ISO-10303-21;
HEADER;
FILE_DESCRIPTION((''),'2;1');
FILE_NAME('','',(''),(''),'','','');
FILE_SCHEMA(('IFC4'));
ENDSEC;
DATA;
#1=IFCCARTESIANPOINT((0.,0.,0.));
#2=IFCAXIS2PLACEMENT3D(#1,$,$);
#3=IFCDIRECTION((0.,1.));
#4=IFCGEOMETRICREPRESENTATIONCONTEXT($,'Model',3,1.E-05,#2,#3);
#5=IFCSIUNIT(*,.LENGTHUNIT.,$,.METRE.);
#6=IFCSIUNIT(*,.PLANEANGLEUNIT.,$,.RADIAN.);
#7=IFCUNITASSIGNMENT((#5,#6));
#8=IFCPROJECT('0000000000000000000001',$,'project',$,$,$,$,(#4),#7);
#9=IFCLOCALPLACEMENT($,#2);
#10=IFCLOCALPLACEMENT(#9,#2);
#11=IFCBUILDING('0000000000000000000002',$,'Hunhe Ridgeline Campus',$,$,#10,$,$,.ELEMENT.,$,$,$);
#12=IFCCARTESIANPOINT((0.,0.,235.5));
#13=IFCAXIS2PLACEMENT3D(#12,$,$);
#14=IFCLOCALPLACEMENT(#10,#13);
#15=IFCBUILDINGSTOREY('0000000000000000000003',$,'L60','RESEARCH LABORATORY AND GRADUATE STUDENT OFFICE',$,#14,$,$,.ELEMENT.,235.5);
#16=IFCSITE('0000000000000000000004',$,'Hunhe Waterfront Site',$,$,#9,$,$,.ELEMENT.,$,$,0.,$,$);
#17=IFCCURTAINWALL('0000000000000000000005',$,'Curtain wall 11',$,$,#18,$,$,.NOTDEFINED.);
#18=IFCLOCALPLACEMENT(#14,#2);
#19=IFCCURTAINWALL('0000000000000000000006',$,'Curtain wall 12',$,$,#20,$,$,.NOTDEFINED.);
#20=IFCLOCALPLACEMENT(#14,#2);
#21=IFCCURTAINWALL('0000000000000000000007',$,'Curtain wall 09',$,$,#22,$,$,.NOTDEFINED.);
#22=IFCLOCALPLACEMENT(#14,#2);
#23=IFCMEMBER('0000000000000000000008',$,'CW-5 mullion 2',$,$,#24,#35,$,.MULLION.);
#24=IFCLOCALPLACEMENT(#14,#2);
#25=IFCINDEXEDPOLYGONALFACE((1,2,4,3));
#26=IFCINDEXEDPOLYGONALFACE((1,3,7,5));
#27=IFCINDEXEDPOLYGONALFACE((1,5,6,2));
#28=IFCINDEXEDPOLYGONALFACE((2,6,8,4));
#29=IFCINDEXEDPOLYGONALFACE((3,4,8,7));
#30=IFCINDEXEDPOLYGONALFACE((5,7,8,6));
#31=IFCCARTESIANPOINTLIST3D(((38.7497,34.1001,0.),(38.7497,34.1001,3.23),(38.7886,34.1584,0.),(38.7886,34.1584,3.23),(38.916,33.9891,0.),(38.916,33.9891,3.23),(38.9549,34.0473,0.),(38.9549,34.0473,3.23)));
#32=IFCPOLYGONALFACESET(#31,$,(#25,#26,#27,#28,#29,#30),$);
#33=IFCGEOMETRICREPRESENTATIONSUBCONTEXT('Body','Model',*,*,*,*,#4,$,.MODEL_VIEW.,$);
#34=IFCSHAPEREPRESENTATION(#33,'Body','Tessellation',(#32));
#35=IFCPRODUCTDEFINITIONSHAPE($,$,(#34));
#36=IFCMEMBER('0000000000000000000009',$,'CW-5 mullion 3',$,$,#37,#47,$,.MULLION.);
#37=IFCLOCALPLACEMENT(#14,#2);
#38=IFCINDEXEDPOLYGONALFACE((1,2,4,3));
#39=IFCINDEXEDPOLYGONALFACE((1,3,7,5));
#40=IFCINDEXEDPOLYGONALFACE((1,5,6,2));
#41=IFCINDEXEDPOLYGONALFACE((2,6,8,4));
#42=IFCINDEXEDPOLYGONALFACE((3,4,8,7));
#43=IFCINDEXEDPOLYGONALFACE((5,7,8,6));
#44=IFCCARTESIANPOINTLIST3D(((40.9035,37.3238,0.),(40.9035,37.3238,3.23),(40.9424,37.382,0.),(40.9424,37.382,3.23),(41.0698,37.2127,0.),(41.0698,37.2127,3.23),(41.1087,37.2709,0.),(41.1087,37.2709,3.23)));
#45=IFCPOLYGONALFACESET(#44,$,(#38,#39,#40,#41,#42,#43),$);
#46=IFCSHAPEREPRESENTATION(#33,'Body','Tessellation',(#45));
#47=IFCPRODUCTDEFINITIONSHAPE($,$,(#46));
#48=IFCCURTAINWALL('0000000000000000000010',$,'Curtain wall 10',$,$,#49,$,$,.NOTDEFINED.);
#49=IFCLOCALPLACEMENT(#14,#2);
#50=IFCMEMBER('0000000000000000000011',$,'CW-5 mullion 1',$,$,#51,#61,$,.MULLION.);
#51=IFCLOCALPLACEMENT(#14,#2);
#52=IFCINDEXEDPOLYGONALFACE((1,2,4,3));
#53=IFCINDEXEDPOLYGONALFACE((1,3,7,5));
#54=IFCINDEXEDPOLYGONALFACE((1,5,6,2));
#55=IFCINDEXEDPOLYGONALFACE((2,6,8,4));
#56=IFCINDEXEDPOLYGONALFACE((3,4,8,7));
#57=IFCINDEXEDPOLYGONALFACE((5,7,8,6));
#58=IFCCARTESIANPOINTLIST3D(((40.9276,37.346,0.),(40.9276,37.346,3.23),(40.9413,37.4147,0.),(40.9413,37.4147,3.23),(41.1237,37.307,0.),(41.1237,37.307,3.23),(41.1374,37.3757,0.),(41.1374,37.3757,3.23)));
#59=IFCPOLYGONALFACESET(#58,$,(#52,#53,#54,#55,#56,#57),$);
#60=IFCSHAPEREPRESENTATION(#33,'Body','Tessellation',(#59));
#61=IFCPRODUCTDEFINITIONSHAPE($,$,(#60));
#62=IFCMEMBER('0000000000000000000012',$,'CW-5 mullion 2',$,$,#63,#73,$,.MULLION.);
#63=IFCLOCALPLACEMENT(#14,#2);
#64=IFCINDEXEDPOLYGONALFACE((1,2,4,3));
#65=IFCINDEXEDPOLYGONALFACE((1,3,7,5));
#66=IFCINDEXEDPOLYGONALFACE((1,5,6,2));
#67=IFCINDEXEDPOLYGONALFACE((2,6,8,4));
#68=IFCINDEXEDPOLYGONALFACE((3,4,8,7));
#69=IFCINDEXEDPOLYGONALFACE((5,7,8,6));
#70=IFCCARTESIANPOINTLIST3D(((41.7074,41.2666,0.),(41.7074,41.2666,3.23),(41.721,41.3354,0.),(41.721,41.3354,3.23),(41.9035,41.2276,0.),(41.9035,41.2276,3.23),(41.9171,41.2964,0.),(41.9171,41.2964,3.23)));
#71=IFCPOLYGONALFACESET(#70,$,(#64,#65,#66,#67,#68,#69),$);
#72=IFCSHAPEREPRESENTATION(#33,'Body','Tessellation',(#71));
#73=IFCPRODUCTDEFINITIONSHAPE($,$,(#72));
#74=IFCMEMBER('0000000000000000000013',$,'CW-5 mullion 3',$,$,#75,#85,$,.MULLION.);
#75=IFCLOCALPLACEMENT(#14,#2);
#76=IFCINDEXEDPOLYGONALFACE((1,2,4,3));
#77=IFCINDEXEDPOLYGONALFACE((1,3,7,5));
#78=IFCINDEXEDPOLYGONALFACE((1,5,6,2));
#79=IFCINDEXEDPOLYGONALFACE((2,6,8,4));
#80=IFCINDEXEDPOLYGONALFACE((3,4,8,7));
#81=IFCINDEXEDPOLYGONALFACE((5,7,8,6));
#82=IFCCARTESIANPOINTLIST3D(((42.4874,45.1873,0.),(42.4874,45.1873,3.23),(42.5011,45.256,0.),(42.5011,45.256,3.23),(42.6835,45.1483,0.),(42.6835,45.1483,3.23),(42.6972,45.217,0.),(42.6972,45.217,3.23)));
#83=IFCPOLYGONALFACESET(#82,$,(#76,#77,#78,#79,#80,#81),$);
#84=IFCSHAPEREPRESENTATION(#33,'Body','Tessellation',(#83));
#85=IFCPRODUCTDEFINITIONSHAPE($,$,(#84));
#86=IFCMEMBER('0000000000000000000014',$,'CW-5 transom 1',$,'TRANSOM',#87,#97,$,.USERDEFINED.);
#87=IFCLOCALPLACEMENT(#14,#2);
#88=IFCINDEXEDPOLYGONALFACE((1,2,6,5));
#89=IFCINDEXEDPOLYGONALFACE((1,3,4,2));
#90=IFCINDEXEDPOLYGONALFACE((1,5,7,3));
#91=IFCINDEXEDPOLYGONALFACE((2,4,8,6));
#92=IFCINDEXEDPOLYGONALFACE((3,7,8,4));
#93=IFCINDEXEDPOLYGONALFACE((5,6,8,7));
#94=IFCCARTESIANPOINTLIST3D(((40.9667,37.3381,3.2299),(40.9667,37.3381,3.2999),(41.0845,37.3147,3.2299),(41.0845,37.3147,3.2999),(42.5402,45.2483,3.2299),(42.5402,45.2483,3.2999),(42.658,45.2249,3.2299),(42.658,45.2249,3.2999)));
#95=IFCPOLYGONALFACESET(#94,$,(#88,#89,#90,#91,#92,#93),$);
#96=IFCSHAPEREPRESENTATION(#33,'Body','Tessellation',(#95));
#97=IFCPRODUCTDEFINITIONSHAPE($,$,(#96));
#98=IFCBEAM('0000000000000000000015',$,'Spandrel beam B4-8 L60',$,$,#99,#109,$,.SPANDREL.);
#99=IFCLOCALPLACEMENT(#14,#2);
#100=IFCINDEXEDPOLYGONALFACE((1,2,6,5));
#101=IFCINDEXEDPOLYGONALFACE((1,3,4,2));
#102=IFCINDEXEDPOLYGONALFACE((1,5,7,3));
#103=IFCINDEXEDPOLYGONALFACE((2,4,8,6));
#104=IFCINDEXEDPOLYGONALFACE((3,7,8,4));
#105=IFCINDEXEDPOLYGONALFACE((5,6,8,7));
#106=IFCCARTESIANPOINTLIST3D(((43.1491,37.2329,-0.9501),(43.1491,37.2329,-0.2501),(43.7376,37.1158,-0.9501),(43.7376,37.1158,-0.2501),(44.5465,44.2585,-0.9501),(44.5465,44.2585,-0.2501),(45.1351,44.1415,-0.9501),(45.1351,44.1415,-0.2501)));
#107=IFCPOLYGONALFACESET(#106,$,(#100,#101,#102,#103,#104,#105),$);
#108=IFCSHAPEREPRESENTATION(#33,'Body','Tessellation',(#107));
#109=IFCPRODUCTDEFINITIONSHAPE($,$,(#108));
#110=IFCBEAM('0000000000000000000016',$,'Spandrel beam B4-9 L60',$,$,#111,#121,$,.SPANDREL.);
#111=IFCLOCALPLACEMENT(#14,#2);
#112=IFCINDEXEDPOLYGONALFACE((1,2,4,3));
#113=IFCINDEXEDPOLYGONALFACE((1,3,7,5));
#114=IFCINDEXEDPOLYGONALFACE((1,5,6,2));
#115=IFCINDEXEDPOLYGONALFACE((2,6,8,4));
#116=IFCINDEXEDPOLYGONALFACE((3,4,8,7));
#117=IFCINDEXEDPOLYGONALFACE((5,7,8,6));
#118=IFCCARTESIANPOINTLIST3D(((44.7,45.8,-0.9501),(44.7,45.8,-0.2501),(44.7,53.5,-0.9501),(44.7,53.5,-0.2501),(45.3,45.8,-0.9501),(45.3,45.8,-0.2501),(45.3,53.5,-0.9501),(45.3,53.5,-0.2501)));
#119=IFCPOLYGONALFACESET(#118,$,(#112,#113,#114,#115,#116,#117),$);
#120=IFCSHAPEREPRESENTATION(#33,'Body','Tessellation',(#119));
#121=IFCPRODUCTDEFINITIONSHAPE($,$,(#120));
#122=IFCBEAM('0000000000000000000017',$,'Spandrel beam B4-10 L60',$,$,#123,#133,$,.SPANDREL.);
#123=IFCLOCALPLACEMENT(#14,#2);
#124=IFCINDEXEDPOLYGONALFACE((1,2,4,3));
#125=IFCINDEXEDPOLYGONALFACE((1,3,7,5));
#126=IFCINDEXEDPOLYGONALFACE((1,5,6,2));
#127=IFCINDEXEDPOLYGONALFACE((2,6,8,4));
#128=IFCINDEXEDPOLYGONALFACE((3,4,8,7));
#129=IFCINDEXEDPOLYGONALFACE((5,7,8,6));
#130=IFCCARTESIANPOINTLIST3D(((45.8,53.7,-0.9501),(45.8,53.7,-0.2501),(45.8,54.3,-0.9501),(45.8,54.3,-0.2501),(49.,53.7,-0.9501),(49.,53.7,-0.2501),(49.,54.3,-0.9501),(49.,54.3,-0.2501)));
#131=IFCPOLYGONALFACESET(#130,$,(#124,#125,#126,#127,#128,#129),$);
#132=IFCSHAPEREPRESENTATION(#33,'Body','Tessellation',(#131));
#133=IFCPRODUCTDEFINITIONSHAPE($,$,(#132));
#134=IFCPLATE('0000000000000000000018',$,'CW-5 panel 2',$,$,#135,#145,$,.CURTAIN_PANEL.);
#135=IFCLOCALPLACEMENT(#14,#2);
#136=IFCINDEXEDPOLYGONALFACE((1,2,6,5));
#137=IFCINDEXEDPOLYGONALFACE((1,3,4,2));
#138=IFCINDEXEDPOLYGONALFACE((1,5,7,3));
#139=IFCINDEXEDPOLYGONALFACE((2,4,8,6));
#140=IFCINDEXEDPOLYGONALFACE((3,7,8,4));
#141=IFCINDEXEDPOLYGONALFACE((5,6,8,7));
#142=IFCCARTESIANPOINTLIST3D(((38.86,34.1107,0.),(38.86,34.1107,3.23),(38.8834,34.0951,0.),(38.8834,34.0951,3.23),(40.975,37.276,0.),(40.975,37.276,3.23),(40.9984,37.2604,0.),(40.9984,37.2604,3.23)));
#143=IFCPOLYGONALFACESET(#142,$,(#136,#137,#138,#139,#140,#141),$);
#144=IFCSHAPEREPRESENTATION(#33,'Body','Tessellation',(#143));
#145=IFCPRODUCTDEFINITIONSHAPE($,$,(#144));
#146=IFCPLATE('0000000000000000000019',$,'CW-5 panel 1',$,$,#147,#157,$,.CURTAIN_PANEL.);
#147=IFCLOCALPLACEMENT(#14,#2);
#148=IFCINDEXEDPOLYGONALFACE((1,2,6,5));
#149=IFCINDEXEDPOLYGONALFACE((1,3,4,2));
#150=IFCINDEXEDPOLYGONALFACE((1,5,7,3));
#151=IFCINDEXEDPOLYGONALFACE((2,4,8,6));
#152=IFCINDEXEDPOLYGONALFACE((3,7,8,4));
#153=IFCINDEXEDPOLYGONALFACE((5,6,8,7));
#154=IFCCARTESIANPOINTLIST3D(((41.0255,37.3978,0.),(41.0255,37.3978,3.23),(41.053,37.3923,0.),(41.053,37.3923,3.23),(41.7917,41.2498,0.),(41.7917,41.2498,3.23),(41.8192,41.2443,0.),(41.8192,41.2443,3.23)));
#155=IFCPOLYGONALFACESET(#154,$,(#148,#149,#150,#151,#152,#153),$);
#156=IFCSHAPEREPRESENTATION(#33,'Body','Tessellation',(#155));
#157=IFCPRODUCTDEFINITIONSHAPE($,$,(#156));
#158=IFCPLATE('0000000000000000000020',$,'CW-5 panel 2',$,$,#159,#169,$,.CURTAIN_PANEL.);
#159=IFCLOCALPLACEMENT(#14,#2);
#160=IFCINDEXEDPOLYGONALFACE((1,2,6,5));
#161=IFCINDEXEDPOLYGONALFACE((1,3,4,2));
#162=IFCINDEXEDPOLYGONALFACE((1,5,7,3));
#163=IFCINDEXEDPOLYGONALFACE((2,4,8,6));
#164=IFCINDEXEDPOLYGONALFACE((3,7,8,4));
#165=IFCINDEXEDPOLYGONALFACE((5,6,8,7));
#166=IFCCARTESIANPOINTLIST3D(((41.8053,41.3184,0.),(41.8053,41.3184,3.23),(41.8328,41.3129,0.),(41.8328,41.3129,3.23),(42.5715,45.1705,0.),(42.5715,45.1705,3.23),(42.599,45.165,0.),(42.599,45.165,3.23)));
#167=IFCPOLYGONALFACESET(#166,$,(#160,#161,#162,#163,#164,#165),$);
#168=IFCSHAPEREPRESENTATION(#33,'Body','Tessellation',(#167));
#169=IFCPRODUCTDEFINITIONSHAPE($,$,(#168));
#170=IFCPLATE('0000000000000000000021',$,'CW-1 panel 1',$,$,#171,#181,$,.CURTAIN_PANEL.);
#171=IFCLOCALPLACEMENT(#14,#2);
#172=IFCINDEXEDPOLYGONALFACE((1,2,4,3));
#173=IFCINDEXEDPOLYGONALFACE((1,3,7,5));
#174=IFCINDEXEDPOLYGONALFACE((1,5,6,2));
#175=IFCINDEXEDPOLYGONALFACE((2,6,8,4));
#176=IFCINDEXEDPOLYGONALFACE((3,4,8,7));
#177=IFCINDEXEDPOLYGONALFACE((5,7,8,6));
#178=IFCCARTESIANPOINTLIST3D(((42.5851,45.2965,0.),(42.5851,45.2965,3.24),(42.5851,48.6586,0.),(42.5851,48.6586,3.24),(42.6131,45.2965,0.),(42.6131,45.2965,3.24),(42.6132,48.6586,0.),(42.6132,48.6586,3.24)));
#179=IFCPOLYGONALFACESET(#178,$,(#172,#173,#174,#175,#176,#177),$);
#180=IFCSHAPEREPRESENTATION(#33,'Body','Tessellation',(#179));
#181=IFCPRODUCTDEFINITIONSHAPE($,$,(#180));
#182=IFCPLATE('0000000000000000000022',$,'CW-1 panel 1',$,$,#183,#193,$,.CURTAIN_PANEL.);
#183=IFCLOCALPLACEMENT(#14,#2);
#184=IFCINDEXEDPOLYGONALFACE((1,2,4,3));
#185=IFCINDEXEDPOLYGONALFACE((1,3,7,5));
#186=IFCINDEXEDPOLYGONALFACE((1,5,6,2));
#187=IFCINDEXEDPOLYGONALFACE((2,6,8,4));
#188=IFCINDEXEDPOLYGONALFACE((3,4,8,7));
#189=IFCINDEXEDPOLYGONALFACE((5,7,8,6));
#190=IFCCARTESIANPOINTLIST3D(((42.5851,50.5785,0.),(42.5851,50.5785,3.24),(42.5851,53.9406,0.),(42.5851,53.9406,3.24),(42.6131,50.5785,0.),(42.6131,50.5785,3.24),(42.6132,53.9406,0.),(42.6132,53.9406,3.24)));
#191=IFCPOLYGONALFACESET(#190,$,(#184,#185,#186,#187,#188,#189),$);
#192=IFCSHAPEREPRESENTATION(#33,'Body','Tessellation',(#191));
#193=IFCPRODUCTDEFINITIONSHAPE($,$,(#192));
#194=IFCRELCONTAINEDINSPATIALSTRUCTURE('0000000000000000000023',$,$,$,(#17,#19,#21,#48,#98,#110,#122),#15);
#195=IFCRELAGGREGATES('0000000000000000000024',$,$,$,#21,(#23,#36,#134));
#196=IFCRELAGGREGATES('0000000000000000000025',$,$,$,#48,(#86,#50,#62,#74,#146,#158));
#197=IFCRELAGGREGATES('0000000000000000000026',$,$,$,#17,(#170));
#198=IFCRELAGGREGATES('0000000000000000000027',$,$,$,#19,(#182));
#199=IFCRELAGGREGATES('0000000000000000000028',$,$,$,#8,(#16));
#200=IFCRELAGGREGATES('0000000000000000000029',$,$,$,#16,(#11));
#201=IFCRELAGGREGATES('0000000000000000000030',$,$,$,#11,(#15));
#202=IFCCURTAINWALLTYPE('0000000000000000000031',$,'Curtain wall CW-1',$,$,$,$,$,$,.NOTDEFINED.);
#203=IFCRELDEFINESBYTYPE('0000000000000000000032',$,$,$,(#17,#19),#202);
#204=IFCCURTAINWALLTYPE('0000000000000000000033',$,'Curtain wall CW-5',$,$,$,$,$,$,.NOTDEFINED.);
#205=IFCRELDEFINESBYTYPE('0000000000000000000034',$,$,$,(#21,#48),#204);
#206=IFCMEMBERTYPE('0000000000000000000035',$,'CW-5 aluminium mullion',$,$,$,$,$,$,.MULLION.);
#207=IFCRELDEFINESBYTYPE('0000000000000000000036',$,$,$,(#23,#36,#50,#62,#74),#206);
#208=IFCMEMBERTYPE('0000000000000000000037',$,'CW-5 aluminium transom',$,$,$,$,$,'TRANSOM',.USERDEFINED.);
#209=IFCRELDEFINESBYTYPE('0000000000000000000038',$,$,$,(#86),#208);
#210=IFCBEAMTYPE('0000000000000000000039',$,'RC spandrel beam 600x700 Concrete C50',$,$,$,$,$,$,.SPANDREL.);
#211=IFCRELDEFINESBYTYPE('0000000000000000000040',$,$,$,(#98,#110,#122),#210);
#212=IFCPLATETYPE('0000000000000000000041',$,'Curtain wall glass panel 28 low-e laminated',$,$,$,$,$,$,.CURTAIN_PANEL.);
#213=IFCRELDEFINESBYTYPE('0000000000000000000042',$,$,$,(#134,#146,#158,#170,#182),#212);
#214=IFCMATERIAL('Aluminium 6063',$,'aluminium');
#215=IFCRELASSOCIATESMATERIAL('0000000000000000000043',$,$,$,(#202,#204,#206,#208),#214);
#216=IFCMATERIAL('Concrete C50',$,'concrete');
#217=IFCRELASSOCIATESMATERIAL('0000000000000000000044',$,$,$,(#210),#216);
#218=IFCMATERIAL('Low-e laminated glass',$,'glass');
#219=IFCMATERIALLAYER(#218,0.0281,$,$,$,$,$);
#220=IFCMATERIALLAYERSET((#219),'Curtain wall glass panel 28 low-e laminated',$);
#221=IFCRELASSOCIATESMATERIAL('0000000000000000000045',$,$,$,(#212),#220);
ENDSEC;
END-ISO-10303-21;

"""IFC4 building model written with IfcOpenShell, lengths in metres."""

from ifc_helpers import new_model, si_unit, direction, frame, origin, origin_2d, place, context, subcontext, project, spatial, rectangle, extrude, material, layer, layer_set, material_profile, profile_set, type_object, element, aggregate, save


model = new_model("IFC4")

# Units and contexts
model_context = context("Model", 3, precision=1e-05, world=origin(), true_north=direction((0.0, 1.0)))
body_context = subcontext(model_context, "Body", "Model", "MODEL_VIEW")
ifc_project = project(units=[si_unit("LENGTHUNIT", "METRE"), si_unit("PLANEANGLEUNIT", "RADIAN")], contexts=[model_context])

# Site, building, storey
site_placement = place(None, origin())
site = spatial("IfcSite", under=ifc_project, at=site_placement, Name="Hunhe Waterfront Site", CompositionType="ELEMENT", RefElevation=0.0)
building_placement = place(site_placement, origin())
building = spatial("IfcBuilding", under=site, at=building_placement, Name="Hunhe Ridgeline Campus", CompositionType="ELEMENT")
storey_placement = place(building_placement, frame((0.0, 0.0, 235.5)))
storey = spatial("IfcBuildingStorey", under=building, at=storey_placement, Name="L60", Description="RESEARCH LABORATORY AND GRADUATE STUDENT OFFICE", CompositionType="ELEMENT", Elevation=235.5)

# Curtain walls
ifc_material_1 = material(Name="Aluminium 6063", Category="aluminium")
curtain_wall_type_1 = type_object("IfcCurtainWallType", Name="Curtain wall CW-1", PredefinedType="NOTDEFINED", material=ifc_material_1)
curtain_wall_1_placement = place(storey_placement, origin())
curtain_wall_1 = element("IfcCurtainWall", 1, at=curtain_wall_1_placement, inside=storey, type_object=curtain_wall_type_1, Name="Curtain wall 11", PredefinedType="NOTDEFINED")
curtain_wall_2_placement = place(storey_placement, origin())
curtain_wall_2 = element("IfcCurtainWall", 2, at=curtain_wall_2_placement, inside=storey, type_object=curtain_wall_type_1, Name="Curtain wall 12", PredefinedType="NOTDEFINED")

# Curtain walls, members
curtain_wall_type_2 = type_object("IfcCurtainWallType", Name="Curtain wall CW-5", PredefinedType="NOTDEFINED", material=ifc_material_1)
curtain_wall_3_placement = place(storey_placement, origin())
curtain_wall_3 = element("IfcCurtainWall", 3, at=curtain_wall_3_placement, inside=storey, type_object=curtain_wall_type_2, Name="Curtain wall 09", PredefinedType="NOTDEFINED")
ifc_material_profile_1 = material_profile(ifc_material_1, rectangle(XDim=0.2, YDim=0.0701, at=origin_2d()))
ifc_profile_set_1 = profile_set([ifc_material_profile_1], Name="Aluminium 6063")
member_type_1 = type_object("IfcMemberType", Name="CW-5 aluminium mullion", PredefinedType="MULLION", material=ifc_profile_set_1)
member_1_placement = place(storey_placement, frame((38.8523, 34.0737, 0.0), z_axis=(0.0, 0.0, 1.0), x_axis=(-0.83147, 0.55557, 0.0)))
member_1 = element("IfcMember", 4, at=member_1_placement, type_object=member_type_1, Name="CW-5 mullion 2", PredefinedType="MULLION", context=body_context, shape_type="SweptSolid", body=[
    extrude(rectangle(XDim=0.2, YDim=0.0701, at=origin_2d()), origin(), (0.0, 0.0, 1.0), 3.23),
])
member_2_placement = place(storey_placement, frame((41.0061, 37.2974, 0.0), z_axis=(0.0, 0.0, 1.0), x_axis=(-0.83147, 0.55557, 0.0)))
member_2 = element("IfcMember", 5, at=member_2_placement, type_object=member_type_1, Name="CW-5 mullion 3", PredefinedType="MULLION", context=body_context, shape_type="SweptSolid", body=[
    extrude(rectangle(XDim=0.2, YDim=0.0701, at=origin_2d()), origin(), (0.0, 0.0, 1.0), 3.23),
])
curtain_wall_4_placement = place(storey_placement, origin())
curtain_wall_4 = element("IfcCurtainWall", 6, at=curtain_wall_4_placement, inside=storey, type_object=curtain_wall_type_2, Name="Curtain wall 10", PredefinedType="NOTDEFINED")
member_3_placement = place(storey_placement, frame((41.0325, 37.3608, 0.0), z_axis=(0.0, 0.0, 1.0), x_axis=(-0.980785, 0.19509, 0.0)))
member_3 = element("IfcMember", 7, at=member_3_placement, type_object=member_type_1, Name="CW-5 mullion 1", PredefinedType="MULLION", context=body_context, shape_type="SweptSolid", body=[
    extrude(rectangle(XDim=0.2, YDim=0.0701, at=origin_2d()), origin(), (0.0, 0.0, 1.0), 3.23),
])
member_4_placement = place(storey_placement, frame((41.8123, 41.2815, 0.0), z_axis=(0.0, 0.0, 1.0), x_axis=(-0.980785, 0.19509, 0.0)))
member_4 = element("IfcMember", 8, at=member_4_placement, type_object=member_type_1, Name="CW-5 mullion 2", PredefinedType="MULLION", context=body_context, shape_type="SweptSolid", body=[
    extrude(rectangle(XDim=0.2, YDim=0.0701, at=origin_2d()), origin(), (0.0, 0.0, 1.0), 3.23),
])
member_5_placement = place(storey_placement, frame((42.5923, 45.2021, 0.0), z_axis=(0.0, 0.0, 1.0), x_axis=(-0.980785, 0.19509, 0.0)))
member_5 = element("IfcMember", 9, at=member_5_placement, type_object=member_type_1, Name="CW-5 mullion 3", PredefinedType="MULLION", context=body_context, shape_type="SweptSolid", body=[
    extrude(rectangle(XDim=0.2, YDim=0.0701, at=origin_2d()), origin(), (0.0, 0.0, 1.0), 3.23),
])
ifc_material_profile_2 = material_profile(ifc_material_1, rectangle(XDim=0.1201, YDim=0.0701, at=origin_2d()))
ifc_profile_set_2 = profile_set([ifc_material_profile_2], Name="Aluminium 6063")
member_type_2 = type_object("IfcMemberType", Name="CW-5 aluminium transom", ElementType="TRANSOM", PredefinedType="USERDEFINED", material=ifc_profile_set_2)
member_6_placement = place(storey_placement, frame((41.0256, 37.3264, 3.2649), z_axis=(0.195097, 0.980784, 0.0), x_axis=(-0.980784, 0.195097, 0.0)))
member_6 = element("IfcMember", 10, at=member_6_placement, type_object=member_type_2, Name="CW-5 transom 1", ObjectType="TRANSOM", PredefinedType="USERDEFINED", context=body_context, shape_type="SweptSolid", body=[
    extrude(rectangle(XDim=0.1201, YDim=0.0701, at=origin_2d()), origin(), (0.0, 0.0, 1.0), 8.0652),
])

# Beams
ifc_material_2 = material(Name="Concrete C50", Category="concrete")
ifc_material_profile_3 = material_profile(ifc_material_2, rectangle(XDim=0.6001, YDim=0.7, at=origin_2d()))
ifc_profile_set_3 = profile_set([ifc_material_profile_3], Name="Concrete C50")
beam_type = type_object("IfcBeamType", Name="RC spandrel beam 600x700 Concrete C50", PredefinedType="SPANDREL", material=ifc_profile_set_3)
beam_1_placement = place(storey_placement, frame((43.4434, 37.1743, -0.6001), z_axis=(0.195087, 0.980786, 0.0), x_axis=(-0.980786, 0.195087, 0.0)))
element("IfcBeam", 11, at=beam_1_placement, inside=storey, type_object=beam_type, Name="Spandrel beam B4-8 L60", PredefinedType="SPANDREL", context=body_context, shape_type="SweptSolid", body=[
    extrude(rectangle(XDim=0.6001, YDim=0.7, at=origin_2d()), origin(), (0.0, 0.0, 1.0), 7.1633),
])
beam_2_placement = place(storey_placement, frame((45.0, 45.8, -0.6001), z_axis=(0.0, 1.0, 0.0), x_axis=(-1.0, 0.0, 0.0)))
element("IfcBeam", 12, at=beam_2_placement, inside=storey, type_object=beam_type, Name="Spandrel beam B4-9 L60", PredefinedType="SPANDREL", context=body_context, shape_type="SweptSolid", body=[
    extrude(rectangle(XDim=0.6001, YDim=0.7, at=origin_2d()), origin(), (0.0, 0.0, 1.0), 7.7),
])
beam_3_placement = place(storey_placement, frame((45.8, 54.0, -0.6001), z_axis=(1.0, 0.0, 0.0), x_axis=(0.0, 1.0, 0.0)))
element("IfcBeam", 13, at=beam_3_placement, inside=storey, type_object=beam_type, Name="Spandrel beam B4-10 L60", PredefinedType="SPANDREL", context=body_context, shape_type="SweptSolid", body=[
    extrude(rectangle(XDim=0.6001, YDim=0.7, at=origin_2d()), origin(), (0.0, 0.0, 1.0), 3.2),
])

# Plates
ifc_material_3 = material(Name="Low-e laminated glass", Category="glass")
ifc_layer_1 = layer(ifc_material_3, 0.0281)
ifc_layer_set_1 = layer_set([ifc_layer_1], Name="Curtain wall glass panel 28 low-e laminated")
plate_type = type_object("IfcPlateType", Name="Curtain wall glass panel 28 low-e laminated", PredefinedType="CURTAIN_PANEL", material=ifc_layer_set_1)
plate_1_placement = place(storey_placement, frame((39.9292, 35.6855, 0.0), z_axis=(0.0, 0.0, 1.0), x_axis=(0.55557, 0.83147, 0.0)))
plate_1 = element("IfcPlate", 14, at=plate_1_placement, type_object=plate_type, Name="CW-5 panel 2", PredefinedType="CURTAIN_PANEL", context=body_context, shape_type="SweptSolid", body=[
    extrude(rectangle(XDim=3.8069, YDim=0.0281, at=origin_2d()), origin(), (0.0, 0.0, 1.0), 3.23),
])
aggregate(curtain_wall_3, [member_1, member_2, plate_1])
plate_2_placement = place(storey_placement, frame((41.4224, 39.321, 0.0), z_axis=(0.0, 0.0, 1.0), x_axis=(0.19509, 0.980785, 0.0)))
plate_2 = element("IfcPlate", 15, at=plate_2_placement, type_object=plate_type, Name="CW-5 panel 1", PredefinedType="CURTAIN_PANEL", context=body_context, shape_type="SweptSolid", body=[
    extrude(rectangle(XDim=3.9275, YDim=0.0281, at=origin_2d()), origin(), (0.0, 0.0, 1.0), 3.23),
])
plate_3_placement = place(storey_placement, frame((42.2021, 43.2417, 0.0), z_axis=(0.0, 0.0, 1.0), x_axis=(0.19509, 0.980785, 0.0)))
plate_3 = element("IfcPlate", 16, at=plate_3_placement, type_object=plate_type, Name="CW-5 panel 2", PredefinedType="CURTAIN_PANEL", context=body_context, shape_type="SweptSolid", body=[
    extrude(rectangle(XDim=3.9275, YDim=0.0281, at=origin_2d()), origin(), (0.0, 0.0, 1.0), 3.23),
])
aggregate(curtain_wall_4, [member_6, member_3, member_4, member_5, plate_2, plate_3])
plate_4_placement = place(storey_placement, frame((42.5991, 46.9775, 0.0), z_axis=(0.0, 0.0, 1.0), x_axis=(0.000019, 1.0, 0.0)))
plate_4 = element("IfcPlate", 17, at=plate_4_placement, type_object=plate_type, Name="CW-1 panel 1", PredefinedType="CURTAIN_PANEL", context=body_context, shape_type="SweptSolid", body=[
    extrude(rectangle(XDim=3.3621, YDim=0.0281, at=origin_2d()), origin(), (0.0, 0.0, 1.0), 3.24),
])
aggregate(curtain_wall_1, [plate_4])
plate_5_placement = place(storey_placement, frame((42.5991, 52.2595, 0.0), z_axis=(0.0, 0.0, 1.0), x_axis=(0.000019, 1.0, 0.0)))
plate_5 = element("IfcPlate", 18, at=plate_5_placement, type_object=plate_type, Name="CW-1 panel 1", PredefinedType="CURTAIN_PANEL", context=body_context, shape_type="SweptSolid", body=[
    extrude(rectangle(XDim=3.3621, YDim=0.0281, at=origin_2d()), origin(), (0.0, 0.0, 1.0), 3.24),
])
aggregate(curtain_wall_2, [plate_5])

save(model, "model.ifc")
